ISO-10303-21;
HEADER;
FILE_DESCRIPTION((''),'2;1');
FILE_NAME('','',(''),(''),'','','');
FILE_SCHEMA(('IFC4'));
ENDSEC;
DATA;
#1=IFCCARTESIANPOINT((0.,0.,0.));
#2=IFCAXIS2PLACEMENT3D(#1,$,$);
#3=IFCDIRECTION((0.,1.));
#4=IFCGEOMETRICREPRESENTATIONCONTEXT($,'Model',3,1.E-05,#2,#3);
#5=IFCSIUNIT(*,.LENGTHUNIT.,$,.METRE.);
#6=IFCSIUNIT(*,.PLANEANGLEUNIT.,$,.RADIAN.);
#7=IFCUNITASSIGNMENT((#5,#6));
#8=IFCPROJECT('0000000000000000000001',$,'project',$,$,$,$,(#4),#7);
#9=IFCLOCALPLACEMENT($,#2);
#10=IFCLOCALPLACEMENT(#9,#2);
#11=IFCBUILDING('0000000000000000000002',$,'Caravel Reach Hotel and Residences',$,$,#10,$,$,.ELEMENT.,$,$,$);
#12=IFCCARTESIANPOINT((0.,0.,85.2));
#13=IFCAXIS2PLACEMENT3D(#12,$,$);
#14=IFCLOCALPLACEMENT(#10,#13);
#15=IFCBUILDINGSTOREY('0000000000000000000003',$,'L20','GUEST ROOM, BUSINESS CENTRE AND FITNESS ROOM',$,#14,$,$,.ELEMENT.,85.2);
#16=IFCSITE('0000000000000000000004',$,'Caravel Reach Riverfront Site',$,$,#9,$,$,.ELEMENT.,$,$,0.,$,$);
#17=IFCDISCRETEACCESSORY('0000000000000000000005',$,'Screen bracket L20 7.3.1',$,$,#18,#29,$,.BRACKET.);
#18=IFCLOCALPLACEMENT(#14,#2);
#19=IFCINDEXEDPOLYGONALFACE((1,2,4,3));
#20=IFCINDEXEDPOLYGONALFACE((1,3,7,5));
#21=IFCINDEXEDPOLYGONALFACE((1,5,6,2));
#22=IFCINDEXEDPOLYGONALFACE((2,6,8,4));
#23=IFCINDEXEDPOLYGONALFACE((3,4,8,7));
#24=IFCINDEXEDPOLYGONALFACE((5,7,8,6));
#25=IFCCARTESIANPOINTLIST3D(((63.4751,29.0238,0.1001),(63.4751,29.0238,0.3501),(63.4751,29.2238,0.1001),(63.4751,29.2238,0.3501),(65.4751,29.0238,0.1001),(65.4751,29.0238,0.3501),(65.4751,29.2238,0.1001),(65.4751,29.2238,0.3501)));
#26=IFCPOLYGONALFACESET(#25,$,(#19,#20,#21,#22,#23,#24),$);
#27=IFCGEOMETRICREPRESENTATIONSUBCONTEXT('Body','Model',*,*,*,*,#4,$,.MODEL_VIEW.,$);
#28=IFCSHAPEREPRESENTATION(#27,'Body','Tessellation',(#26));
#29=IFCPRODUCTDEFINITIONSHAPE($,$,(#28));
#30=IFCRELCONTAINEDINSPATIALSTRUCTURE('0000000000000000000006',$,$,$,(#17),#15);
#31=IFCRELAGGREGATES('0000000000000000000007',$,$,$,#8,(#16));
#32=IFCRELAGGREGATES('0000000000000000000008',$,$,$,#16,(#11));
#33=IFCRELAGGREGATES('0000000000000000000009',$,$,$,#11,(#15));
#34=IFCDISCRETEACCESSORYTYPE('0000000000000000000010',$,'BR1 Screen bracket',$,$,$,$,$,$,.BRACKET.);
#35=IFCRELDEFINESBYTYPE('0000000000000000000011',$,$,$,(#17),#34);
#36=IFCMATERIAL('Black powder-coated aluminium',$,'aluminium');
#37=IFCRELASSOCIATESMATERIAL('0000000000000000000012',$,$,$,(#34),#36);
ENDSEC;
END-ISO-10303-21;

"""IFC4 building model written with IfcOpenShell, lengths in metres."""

from ifc_helpers import new_model, si_unit, direction, frame, origin, origin_2d, place, context, subcontext, project, spatial, rectangle, extrude, material, type_object, element, save


model = new_model("IFC4")

# Units and contexts
model_context = context("Model", 3, precision=1e-05, world=origin(), true_north=direction((0.0, 1.0)))
body_context = subcontext(model_context, "Body", "Model", "MODEL_VIEW")
ifc_project = project(units=[si_unit("LENGTHUNIT", "METRE"), si_unit("PLANEANGLEUNIT", "RADIAN")], contexts=[model_context])

# Site, building, storey
site_placement = place(None, origin())
site = spatial("IfcSite", under=ifc_project, at=site_placement, Name="Caravel Reach Riverfront Site", CompositionType="ELEMENT", RefElevation=0.0)
building_placement = place(site_placement, origin())
building = spatial("IfcBuilding", under=site, at=building_placement, Name="Caravel Reach Hotel and Residences", CompositionType="ELEMENT")
storey_placement = place(building_placement, frame((0.0, 0.0, 85.2)))
storey = spatial("IfcBuildingStorey", under=building, at=storey_placement, Name="L20", Description="GUEST ROOM, BUSINESS CENTRE AND FITNESS ROOM", CompositionType="ELEMENT", Elevation=85.2)

# Discrete accessory
ifc_material_1 = material(Name="Black powder-coated aluminium", Category="aluminium")
discrete_accessory_type = type_object("IfcDiscreteAccessoryType", Name="BR1 Screen bracket", PredefinedType="BRACKET", material=ifc_material_1)
discrete_accessory_placement = place(storey_placement, frame((64.4751, 29.1238, 0.1001), z_axis=(0.0, 0.0, 1.0), x_axis=(1.0, 0.0, 0.0)))
element("IfcDiscreteAccessory", 1, at=discrete_accessory_placement, inside=storey, type_object=discrete_accessory_type, Name="Screen bracket L20 7.3.1", PredefinedType="BRACKET", context=body_context, shape_type="SweptSolid", body=[
    extrude(rectangle(XDim=2.0, YDim=0.2, at=origin_2d()), origin(), (0.0, 0.0, 1.0), 0.25),
])

save(model, "model.ifc")
